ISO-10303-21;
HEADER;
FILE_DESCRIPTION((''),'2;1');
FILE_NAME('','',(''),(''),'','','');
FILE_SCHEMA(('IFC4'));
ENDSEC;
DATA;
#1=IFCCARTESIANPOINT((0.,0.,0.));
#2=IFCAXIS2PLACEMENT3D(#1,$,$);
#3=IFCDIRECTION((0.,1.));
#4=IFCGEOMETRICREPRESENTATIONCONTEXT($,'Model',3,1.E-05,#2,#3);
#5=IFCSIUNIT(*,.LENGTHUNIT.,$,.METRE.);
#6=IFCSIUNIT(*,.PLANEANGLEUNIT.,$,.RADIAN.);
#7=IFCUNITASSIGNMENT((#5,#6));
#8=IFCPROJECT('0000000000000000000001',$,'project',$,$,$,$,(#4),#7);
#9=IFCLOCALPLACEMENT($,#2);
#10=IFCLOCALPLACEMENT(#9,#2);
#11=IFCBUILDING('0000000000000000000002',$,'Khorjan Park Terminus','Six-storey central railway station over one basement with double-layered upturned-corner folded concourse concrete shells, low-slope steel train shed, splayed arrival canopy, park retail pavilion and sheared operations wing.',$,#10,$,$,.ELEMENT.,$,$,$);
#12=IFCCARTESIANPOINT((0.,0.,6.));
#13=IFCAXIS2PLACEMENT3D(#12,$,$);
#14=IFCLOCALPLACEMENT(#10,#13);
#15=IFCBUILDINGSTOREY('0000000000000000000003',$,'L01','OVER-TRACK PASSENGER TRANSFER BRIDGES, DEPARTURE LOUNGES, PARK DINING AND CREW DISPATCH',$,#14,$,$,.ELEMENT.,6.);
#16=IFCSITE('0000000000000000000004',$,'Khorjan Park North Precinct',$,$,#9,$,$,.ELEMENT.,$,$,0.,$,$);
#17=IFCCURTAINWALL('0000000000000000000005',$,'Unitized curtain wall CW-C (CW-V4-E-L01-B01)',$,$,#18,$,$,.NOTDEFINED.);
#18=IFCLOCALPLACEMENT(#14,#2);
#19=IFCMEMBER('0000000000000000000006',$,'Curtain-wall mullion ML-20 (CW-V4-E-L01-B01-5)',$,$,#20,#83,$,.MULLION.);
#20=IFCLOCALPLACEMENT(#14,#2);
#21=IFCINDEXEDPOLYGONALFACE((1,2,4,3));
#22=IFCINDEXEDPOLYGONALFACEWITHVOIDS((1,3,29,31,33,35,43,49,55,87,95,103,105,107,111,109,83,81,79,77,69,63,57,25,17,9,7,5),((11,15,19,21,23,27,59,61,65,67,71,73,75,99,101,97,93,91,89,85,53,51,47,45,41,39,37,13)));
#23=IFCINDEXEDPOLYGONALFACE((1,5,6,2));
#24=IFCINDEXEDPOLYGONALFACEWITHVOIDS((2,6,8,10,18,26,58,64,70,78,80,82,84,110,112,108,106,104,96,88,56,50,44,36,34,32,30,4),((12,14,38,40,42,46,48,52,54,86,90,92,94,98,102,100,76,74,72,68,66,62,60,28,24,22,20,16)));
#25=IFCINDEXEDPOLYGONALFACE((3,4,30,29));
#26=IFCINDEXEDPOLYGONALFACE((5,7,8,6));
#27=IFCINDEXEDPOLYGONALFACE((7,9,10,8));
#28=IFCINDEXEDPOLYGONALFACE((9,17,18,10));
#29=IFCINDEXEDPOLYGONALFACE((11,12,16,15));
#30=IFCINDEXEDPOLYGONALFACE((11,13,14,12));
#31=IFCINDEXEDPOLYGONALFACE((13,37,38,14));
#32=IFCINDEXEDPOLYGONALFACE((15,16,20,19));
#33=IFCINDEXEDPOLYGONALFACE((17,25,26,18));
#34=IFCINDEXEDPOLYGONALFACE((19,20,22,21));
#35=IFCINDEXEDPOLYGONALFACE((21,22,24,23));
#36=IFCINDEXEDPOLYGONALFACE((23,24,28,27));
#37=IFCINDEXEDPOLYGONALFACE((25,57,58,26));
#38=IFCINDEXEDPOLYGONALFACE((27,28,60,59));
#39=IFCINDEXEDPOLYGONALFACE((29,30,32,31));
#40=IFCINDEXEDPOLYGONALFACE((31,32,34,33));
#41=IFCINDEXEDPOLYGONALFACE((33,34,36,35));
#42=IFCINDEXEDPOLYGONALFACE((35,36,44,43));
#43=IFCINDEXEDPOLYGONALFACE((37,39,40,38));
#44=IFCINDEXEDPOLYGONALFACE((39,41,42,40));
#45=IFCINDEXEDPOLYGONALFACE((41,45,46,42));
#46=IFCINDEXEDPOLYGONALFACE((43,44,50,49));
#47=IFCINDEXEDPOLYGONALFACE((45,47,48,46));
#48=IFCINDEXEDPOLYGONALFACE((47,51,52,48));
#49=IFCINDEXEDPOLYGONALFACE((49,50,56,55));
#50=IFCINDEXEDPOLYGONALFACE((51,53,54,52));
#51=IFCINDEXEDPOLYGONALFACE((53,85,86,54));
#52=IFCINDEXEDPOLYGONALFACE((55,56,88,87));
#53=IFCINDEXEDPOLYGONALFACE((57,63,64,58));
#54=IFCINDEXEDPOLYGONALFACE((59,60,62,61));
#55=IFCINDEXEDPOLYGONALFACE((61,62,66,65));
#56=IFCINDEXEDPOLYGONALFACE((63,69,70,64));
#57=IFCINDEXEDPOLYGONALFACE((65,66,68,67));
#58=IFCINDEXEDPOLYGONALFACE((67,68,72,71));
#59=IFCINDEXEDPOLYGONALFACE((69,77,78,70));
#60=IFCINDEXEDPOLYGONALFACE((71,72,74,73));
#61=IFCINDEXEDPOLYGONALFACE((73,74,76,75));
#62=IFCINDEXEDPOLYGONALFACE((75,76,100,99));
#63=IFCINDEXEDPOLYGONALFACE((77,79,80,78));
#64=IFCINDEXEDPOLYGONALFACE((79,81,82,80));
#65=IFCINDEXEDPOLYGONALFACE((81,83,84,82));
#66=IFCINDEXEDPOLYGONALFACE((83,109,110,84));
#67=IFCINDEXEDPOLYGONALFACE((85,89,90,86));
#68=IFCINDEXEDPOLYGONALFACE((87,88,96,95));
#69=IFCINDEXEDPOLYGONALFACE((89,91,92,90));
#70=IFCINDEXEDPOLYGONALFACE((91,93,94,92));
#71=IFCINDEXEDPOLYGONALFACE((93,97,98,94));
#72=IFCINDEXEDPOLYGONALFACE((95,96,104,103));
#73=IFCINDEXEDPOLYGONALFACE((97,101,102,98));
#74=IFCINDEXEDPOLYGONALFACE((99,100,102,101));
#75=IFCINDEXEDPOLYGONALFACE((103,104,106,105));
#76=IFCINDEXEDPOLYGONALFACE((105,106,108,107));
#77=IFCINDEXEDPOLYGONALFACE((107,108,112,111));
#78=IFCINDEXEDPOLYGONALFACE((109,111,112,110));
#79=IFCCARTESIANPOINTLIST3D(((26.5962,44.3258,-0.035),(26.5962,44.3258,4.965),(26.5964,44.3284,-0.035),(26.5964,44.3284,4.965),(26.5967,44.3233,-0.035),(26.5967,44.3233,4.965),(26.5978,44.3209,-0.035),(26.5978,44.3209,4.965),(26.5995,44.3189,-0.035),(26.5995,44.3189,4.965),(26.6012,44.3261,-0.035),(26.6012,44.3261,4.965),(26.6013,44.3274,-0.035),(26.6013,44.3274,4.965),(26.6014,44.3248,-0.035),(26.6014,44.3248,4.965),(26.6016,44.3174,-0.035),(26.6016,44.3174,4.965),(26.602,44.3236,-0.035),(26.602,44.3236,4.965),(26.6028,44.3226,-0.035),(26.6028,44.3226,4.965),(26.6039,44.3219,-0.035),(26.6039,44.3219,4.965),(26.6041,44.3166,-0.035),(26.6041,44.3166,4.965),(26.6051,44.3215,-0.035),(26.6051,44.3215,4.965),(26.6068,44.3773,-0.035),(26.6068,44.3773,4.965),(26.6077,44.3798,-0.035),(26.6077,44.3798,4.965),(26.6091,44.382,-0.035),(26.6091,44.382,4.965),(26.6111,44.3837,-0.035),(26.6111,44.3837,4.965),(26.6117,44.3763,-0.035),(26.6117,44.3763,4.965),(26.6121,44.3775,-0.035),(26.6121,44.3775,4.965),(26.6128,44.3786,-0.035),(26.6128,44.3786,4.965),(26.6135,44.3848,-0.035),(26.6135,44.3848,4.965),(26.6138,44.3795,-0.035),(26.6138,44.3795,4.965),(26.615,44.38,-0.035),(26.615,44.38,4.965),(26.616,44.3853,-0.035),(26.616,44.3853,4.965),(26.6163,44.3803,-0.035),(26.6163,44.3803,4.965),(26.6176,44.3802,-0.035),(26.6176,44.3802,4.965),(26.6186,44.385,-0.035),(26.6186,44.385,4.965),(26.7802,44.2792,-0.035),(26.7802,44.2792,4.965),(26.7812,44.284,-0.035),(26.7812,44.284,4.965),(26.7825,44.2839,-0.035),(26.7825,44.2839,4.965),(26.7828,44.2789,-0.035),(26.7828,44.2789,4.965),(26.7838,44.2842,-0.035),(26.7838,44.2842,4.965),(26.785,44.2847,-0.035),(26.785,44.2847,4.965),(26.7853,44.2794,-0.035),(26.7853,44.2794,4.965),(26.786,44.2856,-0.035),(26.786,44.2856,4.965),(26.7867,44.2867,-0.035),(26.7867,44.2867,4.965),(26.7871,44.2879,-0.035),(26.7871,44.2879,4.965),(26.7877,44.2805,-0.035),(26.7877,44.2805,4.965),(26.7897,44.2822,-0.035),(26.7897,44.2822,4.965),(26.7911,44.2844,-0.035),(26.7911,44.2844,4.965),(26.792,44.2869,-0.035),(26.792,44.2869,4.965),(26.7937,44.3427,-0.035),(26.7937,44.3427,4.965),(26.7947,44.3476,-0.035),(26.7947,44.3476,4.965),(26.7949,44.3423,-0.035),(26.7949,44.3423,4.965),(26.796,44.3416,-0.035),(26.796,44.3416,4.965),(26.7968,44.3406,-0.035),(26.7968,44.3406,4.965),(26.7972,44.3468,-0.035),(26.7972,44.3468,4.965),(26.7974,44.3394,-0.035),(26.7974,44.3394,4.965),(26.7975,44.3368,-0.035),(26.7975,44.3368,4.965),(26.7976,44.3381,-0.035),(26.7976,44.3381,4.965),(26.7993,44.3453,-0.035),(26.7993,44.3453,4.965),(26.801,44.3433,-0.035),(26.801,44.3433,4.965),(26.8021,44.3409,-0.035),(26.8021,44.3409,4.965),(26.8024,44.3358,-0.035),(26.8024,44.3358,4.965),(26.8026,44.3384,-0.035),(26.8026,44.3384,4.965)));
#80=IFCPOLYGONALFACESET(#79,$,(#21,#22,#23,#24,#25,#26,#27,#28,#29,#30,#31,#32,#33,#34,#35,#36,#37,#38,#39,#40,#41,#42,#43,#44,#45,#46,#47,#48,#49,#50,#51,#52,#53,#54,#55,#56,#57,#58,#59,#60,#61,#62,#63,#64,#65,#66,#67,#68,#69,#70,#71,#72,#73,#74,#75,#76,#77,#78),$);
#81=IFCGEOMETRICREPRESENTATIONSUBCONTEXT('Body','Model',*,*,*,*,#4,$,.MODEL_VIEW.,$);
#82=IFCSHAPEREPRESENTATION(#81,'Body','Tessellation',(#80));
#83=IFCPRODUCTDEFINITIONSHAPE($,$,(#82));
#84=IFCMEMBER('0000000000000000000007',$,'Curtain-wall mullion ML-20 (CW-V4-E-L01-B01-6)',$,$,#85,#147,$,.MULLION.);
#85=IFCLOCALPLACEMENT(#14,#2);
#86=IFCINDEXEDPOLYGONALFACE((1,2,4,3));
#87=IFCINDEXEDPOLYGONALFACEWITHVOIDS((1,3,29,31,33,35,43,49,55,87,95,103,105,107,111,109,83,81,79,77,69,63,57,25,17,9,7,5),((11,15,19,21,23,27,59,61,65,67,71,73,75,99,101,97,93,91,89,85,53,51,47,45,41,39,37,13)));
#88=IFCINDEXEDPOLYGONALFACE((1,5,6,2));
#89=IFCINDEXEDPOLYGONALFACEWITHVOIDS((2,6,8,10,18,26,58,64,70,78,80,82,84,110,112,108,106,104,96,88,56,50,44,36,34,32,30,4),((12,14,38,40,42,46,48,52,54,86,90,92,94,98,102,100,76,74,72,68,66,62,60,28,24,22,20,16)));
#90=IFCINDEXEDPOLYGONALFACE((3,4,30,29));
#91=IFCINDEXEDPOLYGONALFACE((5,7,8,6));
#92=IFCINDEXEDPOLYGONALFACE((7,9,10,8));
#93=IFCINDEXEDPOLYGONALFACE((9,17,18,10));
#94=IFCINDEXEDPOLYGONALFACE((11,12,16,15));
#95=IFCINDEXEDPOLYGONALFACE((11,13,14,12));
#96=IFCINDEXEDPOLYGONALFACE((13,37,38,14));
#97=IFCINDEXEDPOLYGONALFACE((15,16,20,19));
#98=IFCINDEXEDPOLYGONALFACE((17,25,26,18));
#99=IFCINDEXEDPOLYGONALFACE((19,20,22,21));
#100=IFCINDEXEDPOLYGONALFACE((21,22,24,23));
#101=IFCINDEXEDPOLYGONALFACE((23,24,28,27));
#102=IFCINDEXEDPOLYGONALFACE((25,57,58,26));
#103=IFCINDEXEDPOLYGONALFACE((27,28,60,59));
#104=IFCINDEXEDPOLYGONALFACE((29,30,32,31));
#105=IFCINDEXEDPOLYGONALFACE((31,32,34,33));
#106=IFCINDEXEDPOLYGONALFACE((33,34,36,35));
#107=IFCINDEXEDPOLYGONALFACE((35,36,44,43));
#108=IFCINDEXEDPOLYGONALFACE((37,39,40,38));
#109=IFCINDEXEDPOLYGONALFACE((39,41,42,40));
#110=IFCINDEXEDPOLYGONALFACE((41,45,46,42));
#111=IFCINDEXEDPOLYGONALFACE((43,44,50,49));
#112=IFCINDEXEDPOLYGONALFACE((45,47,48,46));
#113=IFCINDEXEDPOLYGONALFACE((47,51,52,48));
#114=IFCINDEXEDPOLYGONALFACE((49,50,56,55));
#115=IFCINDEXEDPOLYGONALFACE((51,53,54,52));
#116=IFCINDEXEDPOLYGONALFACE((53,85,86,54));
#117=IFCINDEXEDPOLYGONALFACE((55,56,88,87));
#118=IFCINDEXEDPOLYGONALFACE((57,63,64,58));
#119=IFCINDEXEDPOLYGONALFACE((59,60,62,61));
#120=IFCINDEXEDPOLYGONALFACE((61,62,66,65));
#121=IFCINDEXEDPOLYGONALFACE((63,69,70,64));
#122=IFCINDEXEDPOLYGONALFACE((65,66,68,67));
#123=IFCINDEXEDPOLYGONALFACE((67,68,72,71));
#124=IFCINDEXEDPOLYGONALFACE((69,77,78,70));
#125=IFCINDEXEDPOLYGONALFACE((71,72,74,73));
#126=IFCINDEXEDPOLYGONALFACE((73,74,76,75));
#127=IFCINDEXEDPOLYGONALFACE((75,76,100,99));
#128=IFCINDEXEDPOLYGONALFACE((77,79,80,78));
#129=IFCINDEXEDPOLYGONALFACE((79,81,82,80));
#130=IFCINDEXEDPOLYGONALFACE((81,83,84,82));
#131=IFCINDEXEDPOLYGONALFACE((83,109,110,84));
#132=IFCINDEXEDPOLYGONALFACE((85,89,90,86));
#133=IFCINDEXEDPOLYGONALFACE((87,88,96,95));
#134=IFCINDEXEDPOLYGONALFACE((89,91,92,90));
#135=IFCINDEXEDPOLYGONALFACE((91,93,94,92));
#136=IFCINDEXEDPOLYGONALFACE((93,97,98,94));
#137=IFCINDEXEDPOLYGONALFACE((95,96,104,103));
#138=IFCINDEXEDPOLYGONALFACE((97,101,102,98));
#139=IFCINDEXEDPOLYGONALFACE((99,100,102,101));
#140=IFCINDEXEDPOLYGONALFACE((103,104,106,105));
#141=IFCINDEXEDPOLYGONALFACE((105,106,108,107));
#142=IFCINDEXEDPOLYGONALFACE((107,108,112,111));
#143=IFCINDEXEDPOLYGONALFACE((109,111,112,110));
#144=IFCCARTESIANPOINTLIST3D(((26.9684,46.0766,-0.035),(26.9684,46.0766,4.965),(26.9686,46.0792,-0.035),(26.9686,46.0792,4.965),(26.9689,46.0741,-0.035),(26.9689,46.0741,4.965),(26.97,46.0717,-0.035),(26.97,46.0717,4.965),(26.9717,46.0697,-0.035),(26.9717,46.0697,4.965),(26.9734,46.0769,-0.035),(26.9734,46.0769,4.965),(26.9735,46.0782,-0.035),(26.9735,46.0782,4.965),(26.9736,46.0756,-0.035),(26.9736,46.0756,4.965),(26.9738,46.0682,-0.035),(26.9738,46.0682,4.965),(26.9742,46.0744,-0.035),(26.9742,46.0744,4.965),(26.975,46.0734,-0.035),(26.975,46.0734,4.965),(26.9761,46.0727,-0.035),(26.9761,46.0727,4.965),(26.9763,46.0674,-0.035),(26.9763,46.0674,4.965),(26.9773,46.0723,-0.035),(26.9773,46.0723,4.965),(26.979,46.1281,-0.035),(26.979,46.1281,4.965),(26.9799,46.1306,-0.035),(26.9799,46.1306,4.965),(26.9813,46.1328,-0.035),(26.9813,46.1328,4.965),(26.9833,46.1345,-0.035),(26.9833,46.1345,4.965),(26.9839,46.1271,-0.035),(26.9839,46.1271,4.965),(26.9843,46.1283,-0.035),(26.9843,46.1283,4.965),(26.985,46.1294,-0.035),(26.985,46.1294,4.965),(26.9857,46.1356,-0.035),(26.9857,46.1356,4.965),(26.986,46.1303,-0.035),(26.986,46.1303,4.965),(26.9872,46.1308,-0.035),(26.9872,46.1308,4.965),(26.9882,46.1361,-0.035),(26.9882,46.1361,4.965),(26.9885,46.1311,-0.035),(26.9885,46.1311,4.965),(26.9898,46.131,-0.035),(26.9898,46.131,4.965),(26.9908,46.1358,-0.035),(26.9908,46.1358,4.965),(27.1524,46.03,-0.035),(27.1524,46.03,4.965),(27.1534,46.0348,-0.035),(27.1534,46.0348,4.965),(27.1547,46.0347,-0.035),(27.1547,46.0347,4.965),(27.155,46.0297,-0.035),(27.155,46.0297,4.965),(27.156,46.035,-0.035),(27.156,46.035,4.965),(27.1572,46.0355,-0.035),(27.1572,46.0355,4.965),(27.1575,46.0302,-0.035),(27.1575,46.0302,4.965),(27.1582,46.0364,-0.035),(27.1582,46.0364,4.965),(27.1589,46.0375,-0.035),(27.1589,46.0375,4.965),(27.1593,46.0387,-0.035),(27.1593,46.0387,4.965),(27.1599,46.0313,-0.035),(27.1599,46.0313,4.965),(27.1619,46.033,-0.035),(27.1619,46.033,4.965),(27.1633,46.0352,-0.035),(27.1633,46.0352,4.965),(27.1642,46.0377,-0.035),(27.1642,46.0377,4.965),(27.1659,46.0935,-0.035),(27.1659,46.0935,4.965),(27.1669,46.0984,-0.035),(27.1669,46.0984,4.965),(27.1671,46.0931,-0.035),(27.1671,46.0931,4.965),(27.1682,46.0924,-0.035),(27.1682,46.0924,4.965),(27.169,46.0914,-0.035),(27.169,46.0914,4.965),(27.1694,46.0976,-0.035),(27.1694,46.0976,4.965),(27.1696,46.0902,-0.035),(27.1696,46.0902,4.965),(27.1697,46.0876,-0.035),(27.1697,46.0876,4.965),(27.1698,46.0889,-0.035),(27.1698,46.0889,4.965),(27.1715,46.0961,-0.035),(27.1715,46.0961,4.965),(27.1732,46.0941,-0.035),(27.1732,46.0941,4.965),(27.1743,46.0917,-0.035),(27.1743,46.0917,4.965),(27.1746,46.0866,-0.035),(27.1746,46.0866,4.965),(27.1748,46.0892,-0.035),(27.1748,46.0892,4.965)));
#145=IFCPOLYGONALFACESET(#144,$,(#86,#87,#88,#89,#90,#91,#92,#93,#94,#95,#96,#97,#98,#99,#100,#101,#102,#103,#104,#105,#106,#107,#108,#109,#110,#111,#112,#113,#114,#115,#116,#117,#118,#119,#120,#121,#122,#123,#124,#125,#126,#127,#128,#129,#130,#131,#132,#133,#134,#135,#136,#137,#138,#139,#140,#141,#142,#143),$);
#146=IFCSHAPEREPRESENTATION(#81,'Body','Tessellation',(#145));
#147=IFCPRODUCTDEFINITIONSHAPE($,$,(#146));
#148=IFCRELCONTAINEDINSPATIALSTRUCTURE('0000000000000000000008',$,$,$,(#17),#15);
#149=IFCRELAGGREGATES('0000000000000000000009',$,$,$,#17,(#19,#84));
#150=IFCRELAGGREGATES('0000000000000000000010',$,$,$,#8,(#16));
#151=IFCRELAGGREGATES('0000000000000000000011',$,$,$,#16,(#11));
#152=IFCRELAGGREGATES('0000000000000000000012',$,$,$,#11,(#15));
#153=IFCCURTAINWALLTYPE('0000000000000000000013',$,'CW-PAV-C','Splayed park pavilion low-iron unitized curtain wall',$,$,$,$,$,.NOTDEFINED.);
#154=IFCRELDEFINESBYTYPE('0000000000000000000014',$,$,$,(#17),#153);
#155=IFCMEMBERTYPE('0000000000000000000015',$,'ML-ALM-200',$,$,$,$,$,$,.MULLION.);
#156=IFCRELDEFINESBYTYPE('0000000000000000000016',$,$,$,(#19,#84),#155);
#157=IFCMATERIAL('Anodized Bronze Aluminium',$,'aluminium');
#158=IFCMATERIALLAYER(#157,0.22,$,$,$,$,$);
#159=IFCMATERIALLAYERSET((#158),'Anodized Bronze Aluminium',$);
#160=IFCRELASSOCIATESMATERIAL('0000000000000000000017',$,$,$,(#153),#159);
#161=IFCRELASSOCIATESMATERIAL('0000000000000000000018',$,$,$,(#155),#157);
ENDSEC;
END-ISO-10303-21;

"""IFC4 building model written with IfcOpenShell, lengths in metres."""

from ifc_helpers import new_model, si_unit, direction, frame, origin, origin_2d, place, context, subcontext, project, spatial, hollow_rectangle, extrude, material, layer, layer_set, material_profile, profile_set, type_object, element, aggregate, save


model = new_model("IFC4")

# Units and contexts
model_context = context("Model", 3, precision=1e-05, world=origin(), true_north=direction((0.0, 1.0)))
body_context = subcontext(model_context, "Body", "Model", "MODEL_VIEW")
ifc_project = project(units=[si_unit("LENGTHUNIT", "METRE"), si_unit("PLANEANGLEUNIT", "RADIAN")], contexts=[model_context])

# Site, building, storey
site_placement = place(None, origin())
site = spatial("IfcSite", under=ifc_project, at=site_placement, Name="Khorjan Park North Precinct", CompositionType="ELEMENT", RefElevation=0.0)
building_placement = place(site_placement, origin())
building = spatial("IfcBuilding", under=site, at=building_placement, Name="Khorjan Park Terminus", Description="Six-storey central railway station over one basement with double-layered upturned-corner folded concourse concrete shells, low-slope steel train shed, splayed arrival canopy, park retail pavilion and sheared operations wing.", CompositionType="ELEMENT")
storey_placement = place(building_placement, frame((0.0, 0.0, 6.0)))
storey = spatial("IfcBuildingStorey", under=building, at=storey_placement, Name="L01", Description="OVER-TRACK PASSENGER TRANSFER BRIDGES, DEPARTURE LOUNGES, PARK DINING AND CREW DISPATCH", CompositionType="ELEMENT", Elevation=6.0)

# Curtain wall, members
ifc_material_1 = material(Name="Anodized Bronze Aluminium", Category="aluminium")
ifc_layer_1 = layer(ifc_material_1, 0.22)
ifc_layer_set_1 = layer_set([ifc_layer_1], Name="Anodized Bronze Aluminium")
curtain_wall_type = type_object("IfcCurtainWallType", Name="CW-PAV-C", Description="Splayed park pavilion low-iron unitized curtain wall", PredefinedType="NOTDEFINED", material=ifc_layer_set_1)
curtain_wall_placement = place(storey_placement, origin())
curtain_wall = element("IfcCurtainWall", 1, at=curtain_wall_placement, inside=storey, type_object=curtain_wall_type, Name="Unitized curtain wall CW-C (CW-V4-E-L01-B01)", PredefinedType="NOTDEFINED")
ifc_material_profile_1 = material_profile(ifc_material_1, hollow_rectangle(XDim=0.07, YDim=0.2, WallThickness=0.005, InnerFilletRadius=0.005, OuterFilletRadius=0.01, at=origin_2d()), Name="ALM 70x200x5")
ifc_profile_set_1 = profile_set([ifc_material_profile_1], Name="Anodized Bronze Aluminium")
member_type_1 = type_object("IfcMemberType", Name="ML-ALM-200", PredefinedType="MULLION", material=ifc_profile_set_1)
member_1_placement = place(storey_placement, frame((26.6994, 44.3321, -0.035), z_axis=(0.0, 0.0, 1.0), x_axis=(0.207917, 0.978147, 0.0)))
member_1 = element("IfcMember", 2, at=member_1_placement, type_object=member_type_1, Name="Curtain-wall mullion ML-20 (CW-V4-E-L01-B01-5)", PredefinedType="MULLION", context=body_context, shape_type="SweptSolid", body=[
    extrude(hollow_rectangle(XDim=0.07, YDim=0.2, WallThickness=0.005, InnerFilletRadius=0.005, OuterFilletRadius=0.01, at=origin_2d()), origin(), (0.0, 0.0, 1.0), 5.0),
])
member_2_placement = place(storey_placement, frame((27.0716, 46.0829, -0.035), z_axis=(0.0, 0.0, 1.0), x_axis=(0.207917, 0.978147, 0.0)))
member_2 = element("IfcMember", 3, at=member_2_placement, type_object=member_type_1, Name="Curtain-wall mullion ML-20 (CW-V4-E-L01-B01-6)", PredefinedType="MULLION", context=body_context, shape_type="SweptSolid", body=[
    extrude(hollow_rectangle(XDim=0.07, YDim=0.2, WallThickness=0.005, InnerFilletRadius=0.005, OuterFilletRadius=0.01, at=origin_2d()), origin(), (0.0, 0.0, 1.0), 5.0),
])
aggregate(curtain_wall, [member_1, member_2])

save(model, "model.ifc")
